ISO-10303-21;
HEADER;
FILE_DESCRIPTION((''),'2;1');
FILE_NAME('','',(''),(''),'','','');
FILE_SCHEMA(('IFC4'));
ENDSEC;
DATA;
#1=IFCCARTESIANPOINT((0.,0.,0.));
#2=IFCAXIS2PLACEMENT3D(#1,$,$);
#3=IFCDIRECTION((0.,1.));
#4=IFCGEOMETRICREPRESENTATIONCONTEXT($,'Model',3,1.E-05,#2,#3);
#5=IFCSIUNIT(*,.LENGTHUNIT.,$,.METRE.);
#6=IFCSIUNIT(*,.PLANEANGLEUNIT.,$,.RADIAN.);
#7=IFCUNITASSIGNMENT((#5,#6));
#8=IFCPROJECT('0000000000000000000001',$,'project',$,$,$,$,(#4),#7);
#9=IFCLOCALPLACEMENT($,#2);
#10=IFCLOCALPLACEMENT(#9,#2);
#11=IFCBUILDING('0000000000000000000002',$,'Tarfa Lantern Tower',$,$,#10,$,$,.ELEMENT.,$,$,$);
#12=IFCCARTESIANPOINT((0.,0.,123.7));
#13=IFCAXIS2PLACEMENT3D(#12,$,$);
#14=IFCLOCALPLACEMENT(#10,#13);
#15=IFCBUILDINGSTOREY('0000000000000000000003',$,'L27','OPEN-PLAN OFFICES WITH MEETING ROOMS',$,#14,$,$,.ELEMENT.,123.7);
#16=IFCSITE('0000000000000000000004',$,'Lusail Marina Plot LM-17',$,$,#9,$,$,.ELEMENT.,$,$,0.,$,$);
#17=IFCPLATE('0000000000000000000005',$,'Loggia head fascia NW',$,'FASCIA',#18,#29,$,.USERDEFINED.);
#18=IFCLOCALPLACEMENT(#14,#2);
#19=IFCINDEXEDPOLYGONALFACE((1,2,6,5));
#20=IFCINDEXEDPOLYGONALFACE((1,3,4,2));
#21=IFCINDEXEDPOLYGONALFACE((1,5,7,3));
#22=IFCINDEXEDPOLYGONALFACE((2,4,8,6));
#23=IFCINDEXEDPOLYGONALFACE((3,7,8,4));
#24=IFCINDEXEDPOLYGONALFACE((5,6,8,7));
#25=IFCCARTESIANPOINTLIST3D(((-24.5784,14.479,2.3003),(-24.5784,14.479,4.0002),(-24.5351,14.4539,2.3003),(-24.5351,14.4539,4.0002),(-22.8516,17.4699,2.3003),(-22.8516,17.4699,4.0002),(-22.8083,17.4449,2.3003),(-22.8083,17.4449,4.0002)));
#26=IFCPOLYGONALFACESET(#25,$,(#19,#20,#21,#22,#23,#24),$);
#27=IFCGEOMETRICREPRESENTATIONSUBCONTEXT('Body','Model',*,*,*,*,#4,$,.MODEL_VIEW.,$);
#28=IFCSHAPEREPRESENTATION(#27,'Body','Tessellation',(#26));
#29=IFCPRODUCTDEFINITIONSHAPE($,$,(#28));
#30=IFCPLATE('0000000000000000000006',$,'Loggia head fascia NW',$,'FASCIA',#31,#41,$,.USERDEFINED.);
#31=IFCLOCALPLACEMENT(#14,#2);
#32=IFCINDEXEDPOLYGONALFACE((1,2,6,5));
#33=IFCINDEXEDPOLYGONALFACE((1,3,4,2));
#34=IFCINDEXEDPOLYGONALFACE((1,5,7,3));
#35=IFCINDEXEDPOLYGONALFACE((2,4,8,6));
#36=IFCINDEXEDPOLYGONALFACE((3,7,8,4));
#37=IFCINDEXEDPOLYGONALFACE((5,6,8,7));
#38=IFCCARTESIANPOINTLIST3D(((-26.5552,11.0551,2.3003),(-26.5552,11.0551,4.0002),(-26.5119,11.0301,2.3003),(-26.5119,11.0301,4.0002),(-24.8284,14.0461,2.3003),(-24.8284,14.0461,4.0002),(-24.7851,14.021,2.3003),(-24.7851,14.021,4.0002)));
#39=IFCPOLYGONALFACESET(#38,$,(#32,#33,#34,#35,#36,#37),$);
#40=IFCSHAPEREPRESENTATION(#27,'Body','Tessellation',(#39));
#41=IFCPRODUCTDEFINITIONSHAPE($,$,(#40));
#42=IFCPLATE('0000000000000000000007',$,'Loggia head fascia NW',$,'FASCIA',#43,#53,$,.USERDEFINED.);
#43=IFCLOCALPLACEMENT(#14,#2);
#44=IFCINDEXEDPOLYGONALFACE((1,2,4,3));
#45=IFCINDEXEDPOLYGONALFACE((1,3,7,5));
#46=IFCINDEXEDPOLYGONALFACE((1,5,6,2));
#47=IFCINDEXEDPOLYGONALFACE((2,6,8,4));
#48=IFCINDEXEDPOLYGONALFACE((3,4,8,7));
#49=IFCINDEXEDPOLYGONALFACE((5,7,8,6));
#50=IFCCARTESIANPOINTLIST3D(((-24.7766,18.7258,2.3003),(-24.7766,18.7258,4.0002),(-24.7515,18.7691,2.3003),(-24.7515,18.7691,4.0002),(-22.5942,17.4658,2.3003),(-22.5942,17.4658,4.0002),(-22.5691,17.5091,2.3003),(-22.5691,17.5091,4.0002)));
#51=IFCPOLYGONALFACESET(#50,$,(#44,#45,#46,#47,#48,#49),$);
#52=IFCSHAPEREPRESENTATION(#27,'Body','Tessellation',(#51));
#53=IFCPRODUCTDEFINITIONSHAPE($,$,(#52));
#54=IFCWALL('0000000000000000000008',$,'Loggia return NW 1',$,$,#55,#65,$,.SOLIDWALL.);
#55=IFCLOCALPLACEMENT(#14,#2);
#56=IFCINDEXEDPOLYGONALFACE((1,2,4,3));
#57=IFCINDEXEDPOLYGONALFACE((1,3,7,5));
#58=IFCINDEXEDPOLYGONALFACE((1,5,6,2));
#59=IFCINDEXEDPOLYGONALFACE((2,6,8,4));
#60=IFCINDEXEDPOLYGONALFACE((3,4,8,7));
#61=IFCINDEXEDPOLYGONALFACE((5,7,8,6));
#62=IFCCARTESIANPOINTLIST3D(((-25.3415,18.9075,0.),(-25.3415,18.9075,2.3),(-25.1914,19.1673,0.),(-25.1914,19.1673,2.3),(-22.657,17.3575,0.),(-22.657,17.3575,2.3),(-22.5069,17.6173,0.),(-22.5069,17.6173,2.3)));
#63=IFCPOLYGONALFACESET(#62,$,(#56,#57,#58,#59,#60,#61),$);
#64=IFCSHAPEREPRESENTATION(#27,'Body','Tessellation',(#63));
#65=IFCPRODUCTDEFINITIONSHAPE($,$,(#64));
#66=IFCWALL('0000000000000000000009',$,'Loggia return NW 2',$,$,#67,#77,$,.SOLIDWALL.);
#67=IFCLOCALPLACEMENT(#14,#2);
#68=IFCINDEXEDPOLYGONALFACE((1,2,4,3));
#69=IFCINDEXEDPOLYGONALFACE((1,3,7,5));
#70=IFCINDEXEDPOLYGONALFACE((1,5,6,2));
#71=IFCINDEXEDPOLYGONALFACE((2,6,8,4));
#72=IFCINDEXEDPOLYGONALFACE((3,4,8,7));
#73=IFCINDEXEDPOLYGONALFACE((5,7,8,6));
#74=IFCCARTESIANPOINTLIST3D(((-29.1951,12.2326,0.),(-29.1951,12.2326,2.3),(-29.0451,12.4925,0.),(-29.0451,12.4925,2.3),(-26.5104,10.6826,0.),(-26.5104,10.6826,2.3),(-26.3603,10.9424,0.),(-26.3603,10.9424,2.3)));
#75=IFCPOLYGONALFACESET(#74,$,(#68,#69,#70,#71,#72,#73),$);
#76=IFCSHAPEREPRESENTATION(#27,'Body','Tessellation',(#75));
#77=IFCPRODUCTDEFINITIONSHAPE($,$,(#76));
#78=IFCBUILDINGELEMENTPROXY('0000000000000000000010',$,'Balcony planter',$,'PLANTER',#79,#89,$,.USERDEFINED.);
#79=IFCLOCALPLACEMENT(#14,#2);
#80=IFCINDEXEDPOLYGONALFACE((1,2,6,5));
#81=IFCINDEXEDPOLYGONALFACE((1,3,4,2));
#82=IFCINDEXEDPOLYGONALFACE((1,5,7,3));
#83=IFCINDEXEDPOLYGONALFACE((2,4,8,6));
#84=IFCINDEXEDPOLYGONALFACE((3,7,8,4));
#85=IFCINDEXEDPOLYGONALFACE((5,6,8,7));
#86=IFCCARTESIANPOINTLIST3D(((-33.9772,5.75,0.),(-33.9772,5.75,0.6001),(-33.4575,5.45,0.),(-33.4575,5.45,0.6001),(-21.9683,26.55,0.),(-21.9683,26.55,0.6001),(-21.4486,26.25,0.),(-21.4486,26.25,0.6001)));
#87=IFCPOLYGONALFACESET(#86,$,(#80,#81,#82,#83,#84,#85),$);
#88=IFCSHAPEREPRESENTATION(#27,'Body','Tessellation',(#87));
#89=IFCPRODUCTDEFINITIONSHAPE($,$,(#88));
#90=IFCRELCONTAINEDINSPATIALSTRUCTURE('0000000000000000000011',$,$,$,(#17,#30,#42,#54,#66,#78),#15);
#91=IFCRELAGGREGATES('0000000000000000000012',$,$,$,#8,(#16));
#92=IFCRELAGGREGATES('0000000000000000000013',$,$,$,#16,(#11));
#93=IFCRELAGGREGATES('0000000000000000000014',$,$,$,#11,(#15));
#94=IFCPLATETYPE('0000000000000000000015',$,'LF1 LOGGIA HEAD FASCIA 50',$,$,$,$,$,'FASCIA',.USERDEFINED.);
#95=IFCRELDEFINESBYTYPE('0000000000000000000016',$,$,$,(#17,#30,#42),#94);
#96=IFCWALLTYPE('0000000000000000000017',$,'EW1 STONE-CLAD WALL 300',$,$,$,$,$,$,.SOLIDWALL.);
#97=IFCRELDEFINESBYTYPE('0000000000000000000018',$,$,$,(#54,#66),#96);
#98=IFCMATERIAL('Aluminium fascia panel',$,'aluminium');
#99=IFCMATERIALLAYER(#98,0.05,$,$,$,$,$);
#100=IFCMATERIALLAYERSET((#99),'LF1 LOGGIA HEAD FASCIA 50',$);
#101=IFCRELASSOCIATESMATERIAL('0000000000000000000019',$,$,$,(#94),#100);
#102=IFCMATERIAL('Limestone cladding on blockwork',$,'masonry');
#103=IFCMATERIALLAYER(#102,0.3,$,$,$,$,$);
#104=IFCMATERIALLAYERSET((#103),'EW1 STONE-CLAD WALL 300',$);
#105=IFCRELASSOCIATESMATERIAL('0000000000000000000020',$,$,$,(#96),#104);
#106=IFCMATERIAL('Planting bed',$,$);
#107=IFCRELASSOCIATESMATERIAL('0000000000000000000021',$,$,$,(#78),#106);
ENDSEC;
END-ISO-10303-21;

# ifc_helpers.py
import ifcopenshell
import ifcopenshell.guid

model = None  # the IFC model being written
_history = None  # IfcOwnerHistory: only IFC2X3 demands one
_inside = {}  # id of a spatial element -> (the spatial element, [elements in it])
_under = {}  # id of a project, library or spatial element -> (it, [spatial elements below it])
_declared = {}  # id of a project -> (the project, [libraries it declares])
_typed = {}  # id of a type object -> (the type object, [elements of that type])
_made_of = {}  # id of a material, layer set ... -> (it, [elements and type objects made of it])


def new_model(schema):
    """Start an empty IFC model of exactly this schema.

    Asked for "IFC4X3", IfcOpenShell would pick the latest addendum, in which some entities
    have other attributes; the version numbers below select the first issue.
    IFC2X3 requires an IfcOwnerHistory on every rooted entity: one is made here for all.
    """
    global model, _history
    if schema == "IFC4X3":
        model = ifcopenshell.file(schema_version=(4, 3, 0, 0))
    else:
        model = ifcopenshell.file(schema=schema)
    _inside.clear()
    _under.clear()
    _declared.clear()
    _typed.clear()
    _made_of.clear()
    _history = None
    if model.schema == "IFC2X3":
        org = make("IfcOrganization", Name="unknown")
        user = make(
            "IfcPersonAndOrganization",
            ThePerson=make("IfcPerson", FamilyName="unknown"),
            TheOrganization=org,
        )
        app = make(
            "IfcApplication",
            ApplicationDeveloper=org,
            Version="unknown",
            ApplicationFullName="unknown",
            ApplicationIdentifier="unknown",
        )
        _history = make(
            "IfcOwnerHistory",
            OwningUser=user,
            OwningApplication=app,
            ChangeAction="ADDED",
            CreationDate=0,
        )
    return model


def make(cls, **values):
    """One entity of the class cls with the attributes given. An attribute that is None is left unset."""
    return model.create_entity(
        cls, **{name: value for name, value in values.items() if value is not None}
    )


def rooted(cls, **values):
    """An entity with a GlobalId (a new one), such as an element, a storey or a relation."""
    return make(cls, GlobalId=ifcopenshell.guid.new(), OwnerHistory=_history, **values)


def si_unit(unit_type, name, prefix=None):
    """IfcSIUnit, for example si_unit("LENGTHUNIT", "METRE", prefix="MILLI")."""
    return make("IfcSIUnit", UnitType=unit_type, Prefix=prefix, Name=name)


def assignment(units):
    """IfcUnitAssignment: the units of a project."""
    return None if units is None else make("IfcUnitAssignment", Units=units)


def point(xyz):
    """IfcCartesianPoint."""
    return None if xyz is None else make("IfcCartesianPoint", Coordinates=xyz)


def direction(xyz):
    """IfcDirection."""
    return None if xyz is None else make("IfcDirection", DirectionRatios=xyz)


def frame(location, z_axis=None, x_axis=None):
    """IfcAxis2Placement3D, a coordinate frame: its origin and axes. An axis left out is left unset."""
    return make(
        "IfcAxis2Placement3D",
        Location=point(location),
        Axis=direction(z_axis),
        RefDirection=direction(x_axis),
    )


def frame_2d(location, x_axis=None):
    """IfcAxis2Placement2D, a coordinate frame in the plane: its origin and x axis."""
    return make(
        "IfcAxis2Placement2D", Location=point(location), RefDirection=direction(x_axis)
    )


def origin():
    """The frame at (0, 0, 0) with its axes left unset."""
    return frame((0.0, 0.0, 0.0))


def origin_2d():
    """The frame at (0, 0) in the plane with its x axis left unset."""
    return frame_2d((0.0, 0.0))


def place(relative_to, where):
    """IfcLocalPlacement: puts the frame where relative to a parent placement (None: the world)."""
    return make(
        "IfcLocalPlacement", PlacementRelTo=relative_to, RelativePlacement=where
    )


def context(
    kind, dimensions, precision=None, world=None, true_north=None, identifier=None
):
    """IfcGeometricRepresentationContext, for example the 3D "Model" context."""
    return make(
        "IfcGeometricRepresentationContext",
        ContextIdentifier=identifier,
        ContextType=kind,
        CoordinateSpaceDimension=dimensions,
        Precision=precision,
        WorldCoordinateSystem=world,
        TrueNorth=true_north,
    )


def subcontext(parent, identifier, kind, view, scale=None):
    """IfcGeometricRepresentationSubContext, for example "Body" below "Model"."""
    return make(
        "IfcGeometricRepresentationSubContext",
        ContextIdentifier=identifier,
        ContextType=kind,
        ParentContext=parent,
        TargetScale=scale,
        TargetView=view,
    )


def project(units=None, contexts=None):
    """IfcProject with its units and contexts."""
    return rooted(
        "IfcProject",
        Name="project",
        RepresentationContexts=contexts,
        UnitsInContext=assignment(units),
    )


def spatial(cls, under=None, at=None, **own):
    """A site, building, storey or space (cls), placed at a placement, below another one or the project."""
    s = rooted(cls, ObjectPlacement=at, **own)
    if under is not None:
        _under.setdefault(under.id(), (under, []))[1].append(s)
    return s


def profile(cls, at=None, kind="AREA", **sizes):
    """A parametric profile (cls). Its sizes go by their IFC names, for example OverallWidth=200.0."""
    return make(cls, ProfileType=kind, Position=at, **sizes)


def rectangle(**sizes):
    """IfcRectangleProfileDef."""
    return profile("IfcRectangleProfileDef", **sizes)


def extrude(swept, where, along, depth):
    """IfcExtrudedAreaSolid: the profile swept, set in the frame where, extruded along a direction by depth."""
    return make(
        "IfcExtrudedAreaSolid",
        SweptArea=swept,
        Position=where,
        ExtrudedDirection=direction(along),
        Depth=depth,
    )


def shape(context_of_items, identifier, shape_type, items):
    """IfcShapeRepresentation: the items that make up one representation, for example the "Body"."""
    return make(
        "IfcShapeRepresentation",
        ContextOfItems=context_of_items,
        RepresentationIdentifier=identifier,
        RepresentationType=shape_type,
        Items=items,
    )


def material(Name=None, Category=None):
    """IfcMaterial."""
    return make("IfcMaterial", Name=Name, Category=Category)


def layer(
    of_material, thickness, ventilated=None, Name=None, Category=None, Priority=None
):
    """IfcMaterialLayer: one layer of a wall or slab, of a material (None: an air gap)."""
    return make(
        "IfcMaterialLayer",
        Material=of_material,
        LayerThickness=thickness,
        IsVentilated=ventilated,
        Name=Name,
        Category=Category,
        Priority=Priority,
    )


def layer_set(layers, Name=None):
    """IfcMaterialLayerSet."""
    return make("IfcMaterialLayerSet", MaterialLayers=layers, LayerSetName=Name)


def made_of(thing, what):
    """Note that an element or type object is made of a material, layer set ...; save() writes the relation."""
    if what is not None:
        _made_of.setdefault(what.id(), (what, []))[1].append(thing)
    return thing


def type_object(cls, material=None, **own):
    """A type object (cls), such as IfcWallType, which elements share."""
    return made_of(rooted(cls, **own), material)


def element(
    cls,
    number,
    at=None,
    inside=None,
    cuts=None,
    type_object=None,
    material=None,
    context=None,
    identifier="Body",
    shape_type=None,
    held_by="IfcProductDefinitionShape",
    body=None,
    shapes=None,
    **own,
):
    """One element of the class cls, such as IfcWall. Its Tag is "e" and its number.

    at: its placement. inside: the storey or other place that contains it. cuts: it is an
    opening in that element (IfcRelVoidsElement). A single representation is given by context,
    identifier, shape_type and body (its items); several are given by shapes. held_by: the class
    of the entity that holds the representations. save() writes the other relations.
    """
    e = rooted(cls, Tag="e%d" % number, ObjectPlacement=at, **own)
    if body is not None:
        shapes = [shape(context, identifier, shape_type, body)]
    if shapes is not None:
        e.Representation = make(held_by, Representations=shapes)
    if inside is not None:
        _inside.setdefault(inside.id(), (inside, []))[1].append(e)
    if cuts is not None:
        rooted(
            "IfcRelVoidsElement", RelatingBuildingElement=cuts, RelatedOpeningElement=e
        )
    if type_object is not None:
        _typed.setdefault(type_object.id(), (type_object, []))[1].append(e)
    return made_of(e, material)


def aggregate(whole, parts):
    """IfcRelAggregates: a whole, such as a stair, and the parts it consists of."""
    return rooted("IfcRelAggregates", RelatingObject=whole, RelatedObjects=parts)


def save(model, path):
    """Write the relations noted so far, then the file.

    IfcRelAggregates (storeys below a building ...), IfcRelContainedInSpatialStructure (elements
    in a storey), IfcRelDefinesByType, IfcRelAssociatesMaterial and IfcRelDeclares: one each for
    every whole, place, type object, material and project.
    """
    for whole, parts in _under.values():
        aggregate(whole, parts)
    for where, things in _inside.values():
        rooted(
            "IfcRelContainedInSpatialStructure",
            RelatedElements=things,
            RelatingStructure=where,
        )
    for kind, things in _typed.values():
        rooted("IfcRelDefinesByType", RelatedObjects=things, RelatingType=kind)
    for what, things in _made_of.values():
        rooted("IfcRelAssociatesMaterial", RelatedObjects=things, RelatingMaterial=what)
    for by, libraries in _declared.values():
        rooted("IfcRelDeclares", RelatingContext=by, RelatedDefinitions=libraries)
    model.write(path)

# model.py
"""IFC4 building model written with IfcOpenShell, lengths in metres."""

from ifc_helpers import new_model, si_unit, direction, frame, frame_2d, origin, origin_2d, place, context, subcontext, project, spatial, rectangle, extrude, material, layer, layer_set, type_object, element, save


model = new_model("IFC4")

# Units and contexts
model_context = context("Model", 3, precision=1e-05, world=origin(), true_north=direction((0.0, 1.0)))
body_context = subcontext(model_context, "Body", "Model", "MODEL_VIEW")
ifc_project = project(units=[si_unit("LENGTHUNIT", "METRE"), si_unit("PLANEANGLEUNIT", "RADIAN")], contexts=[model_context])

# Site, building, storey
site_placement = place(None, origin())
site = spatial("IfcSite", under=ifc_project, at=site_placement, Name="Lusail Marina Plot LM-17", CompositionType="ELEMENT", RefElevation=0.0)
building_placement = place(site_placement, origin())
building = spatial("IfcBuilding", under=site, at=building_placement, Name="Tarfa Lantern Tower", CompositionType="ELEMENT")
storey_placement = place(building_placement, frame((0.0, 0.0, 123.7)))
storey = spatial("IfcBuildingStorey", under=building, at=storey_placement, Name="L27", Description="OPEN-PLAN OFFICES WITH MEETING ROOMS", CompositionType="ELEMENT", Elevation=123.7)

# Plates
ifc_material_1 = material(Name="Aluminium fascia panel", Category="aluminium")
ifc_layer_1 = layer(ifc_material_1, 0.05)
ifc_layer_set_1 = layer_set([ifc_layer_1], Name="LF1 LOGGIA HEAD FASCIA 50")
plate_type_1 = type_object("IfcPlateType", Name="LF1 LOGGIA HEAD FASCIA 50", ElementType="FASCIA", PredefinedType="USERDEFINED", material=ifc_layer_set_1)
for number, where, z_axis, x_axis, name in (
    (1, (-23.6934, 15.9619, 2.3003), (0.0, 0.0, 1.0), (-0.5, -0.866025, 0.0), "Loggia head fascia NW"),
    (2, (-25.6702, 12.5381, 2.3003), (0.0, 0.0, 1.0), (-0.5, -0.866025, 0.0), "Loggia head fascia NW"),
):
    element("IfcPlate", number, at=place(storey_placement, frame(where, z_axis=z_axis, x_axis=x_axis)), inside=storey, type_object=plate_type_1, Name=name, ObjectType="FASCIA", PredefinedType="USERDEFINED", context=body_context, shape_type="SweptSolid", body=[
        extrude(rectangle(XDim=3.4536, YDim=0.05, at=origin_2d()), origin(), (0.0, 0.0, 1.0), 1.7),
    ])
plate_1_placement = place(storey_placement, frame((-23.6729, 18.1174, 2.3003), z_axis=(0.0, 0.0, 1.0), x_axis=(0.866025, -0.5, 0.0)))
element("IfcPlate", 3, at=plate_1_placement, inside=storey, type_object=plate_type_1, Name="Loggia head fascia NW", ObjectType="FASCIA", PredefinedType="USERDEFINED", context=body_context, shape_type="SweptSolid", body=[
    extrude(rectangle(XDim=2.52, YDim=0.05, at=origin_2d()), origin(), (0.0, 0.0, 1.0), 1.7),
])

# Walls
ifc_material_2 = material(Name="Limestone cladding on blockwork", Category="masonry")
ifc_layer_2 = layer(ifc_material_2, 0.3)
ifc_layer_set_2 = layer_set([ifc_layer_2], Name="EW1 STONE-CLAD WALL 300")
wall_type = type_object("IfcWallType", Name="EW1 STONE-CLAD WALL 300", PredefinedType="SOLIDWALL", material=ifc_layer_set_2)
wall_1_placement = place(storey_placement, frame((-25.2664, 19.0374, 0.0), z_axis=(0.0, 0.0, 1.0), x_axis=(0.86601, -0.500027, 0.0)))
element("IfcWall", 4, at=wall_1_placement, inside=storey, type_object=wall_type, Name="Loggia return NW 1", PredefinedType="SOLIDWALL", context=body_context, shape_type="SweptSolid", body=[
    extrude(rectangle(XDim=3.0999, YDim=0.3, at=frame_2d((1.5498, 0.0))), origin(), (0.0, 0.0, 1.0), 2.3),
])
wall_2_placement = place(storey_placement, frame((-29.1201, 12.3625, 0.0), z_axis=(0.0, 0.0, 1.0), x_axis=(0.86603, -0.499993, 0.0)))
element("IfcWall", 5, at=wall_2_placement, inside=storey, type_object=wall_type, Name="Loggia return NW 2", PredefinedType="SOLIDWALL", context=body_context, shape_type="SweptSolid", body=[
    extrude(rectangle(XDim=3.1001, YDim=0.3, at=frame_2d((1.55, 0.0))), origin(), (0.0, 0.0, 1.0), 2.3),
])

# Building element proxy
ifc_material_3 = material(Name="Planting bed")
proxy_placement = place(storey_placement, frame((-27.7129, 16.0, 0.0), z_axis=(0.0, 0.0, 1.0), x_axis=(-0.5, -0.866025, 0.0)))
element("IfcBuildingElementProxy", 6, at=proxy_placement, inside=storey, material=ifc_material_3, Name="Balcony planter", ObjectType="PLANTER", PredefinedType="USERDEFINED", context=body_context, shape_type="SweptSolid", body=[
    extrude(rectangle(XDim=24.0178, YDim=0.6001, at=origin_2d()), origin(), (0.0, 0.0, 1.0), 0.6001),
])

save(model, "model.ifc")
